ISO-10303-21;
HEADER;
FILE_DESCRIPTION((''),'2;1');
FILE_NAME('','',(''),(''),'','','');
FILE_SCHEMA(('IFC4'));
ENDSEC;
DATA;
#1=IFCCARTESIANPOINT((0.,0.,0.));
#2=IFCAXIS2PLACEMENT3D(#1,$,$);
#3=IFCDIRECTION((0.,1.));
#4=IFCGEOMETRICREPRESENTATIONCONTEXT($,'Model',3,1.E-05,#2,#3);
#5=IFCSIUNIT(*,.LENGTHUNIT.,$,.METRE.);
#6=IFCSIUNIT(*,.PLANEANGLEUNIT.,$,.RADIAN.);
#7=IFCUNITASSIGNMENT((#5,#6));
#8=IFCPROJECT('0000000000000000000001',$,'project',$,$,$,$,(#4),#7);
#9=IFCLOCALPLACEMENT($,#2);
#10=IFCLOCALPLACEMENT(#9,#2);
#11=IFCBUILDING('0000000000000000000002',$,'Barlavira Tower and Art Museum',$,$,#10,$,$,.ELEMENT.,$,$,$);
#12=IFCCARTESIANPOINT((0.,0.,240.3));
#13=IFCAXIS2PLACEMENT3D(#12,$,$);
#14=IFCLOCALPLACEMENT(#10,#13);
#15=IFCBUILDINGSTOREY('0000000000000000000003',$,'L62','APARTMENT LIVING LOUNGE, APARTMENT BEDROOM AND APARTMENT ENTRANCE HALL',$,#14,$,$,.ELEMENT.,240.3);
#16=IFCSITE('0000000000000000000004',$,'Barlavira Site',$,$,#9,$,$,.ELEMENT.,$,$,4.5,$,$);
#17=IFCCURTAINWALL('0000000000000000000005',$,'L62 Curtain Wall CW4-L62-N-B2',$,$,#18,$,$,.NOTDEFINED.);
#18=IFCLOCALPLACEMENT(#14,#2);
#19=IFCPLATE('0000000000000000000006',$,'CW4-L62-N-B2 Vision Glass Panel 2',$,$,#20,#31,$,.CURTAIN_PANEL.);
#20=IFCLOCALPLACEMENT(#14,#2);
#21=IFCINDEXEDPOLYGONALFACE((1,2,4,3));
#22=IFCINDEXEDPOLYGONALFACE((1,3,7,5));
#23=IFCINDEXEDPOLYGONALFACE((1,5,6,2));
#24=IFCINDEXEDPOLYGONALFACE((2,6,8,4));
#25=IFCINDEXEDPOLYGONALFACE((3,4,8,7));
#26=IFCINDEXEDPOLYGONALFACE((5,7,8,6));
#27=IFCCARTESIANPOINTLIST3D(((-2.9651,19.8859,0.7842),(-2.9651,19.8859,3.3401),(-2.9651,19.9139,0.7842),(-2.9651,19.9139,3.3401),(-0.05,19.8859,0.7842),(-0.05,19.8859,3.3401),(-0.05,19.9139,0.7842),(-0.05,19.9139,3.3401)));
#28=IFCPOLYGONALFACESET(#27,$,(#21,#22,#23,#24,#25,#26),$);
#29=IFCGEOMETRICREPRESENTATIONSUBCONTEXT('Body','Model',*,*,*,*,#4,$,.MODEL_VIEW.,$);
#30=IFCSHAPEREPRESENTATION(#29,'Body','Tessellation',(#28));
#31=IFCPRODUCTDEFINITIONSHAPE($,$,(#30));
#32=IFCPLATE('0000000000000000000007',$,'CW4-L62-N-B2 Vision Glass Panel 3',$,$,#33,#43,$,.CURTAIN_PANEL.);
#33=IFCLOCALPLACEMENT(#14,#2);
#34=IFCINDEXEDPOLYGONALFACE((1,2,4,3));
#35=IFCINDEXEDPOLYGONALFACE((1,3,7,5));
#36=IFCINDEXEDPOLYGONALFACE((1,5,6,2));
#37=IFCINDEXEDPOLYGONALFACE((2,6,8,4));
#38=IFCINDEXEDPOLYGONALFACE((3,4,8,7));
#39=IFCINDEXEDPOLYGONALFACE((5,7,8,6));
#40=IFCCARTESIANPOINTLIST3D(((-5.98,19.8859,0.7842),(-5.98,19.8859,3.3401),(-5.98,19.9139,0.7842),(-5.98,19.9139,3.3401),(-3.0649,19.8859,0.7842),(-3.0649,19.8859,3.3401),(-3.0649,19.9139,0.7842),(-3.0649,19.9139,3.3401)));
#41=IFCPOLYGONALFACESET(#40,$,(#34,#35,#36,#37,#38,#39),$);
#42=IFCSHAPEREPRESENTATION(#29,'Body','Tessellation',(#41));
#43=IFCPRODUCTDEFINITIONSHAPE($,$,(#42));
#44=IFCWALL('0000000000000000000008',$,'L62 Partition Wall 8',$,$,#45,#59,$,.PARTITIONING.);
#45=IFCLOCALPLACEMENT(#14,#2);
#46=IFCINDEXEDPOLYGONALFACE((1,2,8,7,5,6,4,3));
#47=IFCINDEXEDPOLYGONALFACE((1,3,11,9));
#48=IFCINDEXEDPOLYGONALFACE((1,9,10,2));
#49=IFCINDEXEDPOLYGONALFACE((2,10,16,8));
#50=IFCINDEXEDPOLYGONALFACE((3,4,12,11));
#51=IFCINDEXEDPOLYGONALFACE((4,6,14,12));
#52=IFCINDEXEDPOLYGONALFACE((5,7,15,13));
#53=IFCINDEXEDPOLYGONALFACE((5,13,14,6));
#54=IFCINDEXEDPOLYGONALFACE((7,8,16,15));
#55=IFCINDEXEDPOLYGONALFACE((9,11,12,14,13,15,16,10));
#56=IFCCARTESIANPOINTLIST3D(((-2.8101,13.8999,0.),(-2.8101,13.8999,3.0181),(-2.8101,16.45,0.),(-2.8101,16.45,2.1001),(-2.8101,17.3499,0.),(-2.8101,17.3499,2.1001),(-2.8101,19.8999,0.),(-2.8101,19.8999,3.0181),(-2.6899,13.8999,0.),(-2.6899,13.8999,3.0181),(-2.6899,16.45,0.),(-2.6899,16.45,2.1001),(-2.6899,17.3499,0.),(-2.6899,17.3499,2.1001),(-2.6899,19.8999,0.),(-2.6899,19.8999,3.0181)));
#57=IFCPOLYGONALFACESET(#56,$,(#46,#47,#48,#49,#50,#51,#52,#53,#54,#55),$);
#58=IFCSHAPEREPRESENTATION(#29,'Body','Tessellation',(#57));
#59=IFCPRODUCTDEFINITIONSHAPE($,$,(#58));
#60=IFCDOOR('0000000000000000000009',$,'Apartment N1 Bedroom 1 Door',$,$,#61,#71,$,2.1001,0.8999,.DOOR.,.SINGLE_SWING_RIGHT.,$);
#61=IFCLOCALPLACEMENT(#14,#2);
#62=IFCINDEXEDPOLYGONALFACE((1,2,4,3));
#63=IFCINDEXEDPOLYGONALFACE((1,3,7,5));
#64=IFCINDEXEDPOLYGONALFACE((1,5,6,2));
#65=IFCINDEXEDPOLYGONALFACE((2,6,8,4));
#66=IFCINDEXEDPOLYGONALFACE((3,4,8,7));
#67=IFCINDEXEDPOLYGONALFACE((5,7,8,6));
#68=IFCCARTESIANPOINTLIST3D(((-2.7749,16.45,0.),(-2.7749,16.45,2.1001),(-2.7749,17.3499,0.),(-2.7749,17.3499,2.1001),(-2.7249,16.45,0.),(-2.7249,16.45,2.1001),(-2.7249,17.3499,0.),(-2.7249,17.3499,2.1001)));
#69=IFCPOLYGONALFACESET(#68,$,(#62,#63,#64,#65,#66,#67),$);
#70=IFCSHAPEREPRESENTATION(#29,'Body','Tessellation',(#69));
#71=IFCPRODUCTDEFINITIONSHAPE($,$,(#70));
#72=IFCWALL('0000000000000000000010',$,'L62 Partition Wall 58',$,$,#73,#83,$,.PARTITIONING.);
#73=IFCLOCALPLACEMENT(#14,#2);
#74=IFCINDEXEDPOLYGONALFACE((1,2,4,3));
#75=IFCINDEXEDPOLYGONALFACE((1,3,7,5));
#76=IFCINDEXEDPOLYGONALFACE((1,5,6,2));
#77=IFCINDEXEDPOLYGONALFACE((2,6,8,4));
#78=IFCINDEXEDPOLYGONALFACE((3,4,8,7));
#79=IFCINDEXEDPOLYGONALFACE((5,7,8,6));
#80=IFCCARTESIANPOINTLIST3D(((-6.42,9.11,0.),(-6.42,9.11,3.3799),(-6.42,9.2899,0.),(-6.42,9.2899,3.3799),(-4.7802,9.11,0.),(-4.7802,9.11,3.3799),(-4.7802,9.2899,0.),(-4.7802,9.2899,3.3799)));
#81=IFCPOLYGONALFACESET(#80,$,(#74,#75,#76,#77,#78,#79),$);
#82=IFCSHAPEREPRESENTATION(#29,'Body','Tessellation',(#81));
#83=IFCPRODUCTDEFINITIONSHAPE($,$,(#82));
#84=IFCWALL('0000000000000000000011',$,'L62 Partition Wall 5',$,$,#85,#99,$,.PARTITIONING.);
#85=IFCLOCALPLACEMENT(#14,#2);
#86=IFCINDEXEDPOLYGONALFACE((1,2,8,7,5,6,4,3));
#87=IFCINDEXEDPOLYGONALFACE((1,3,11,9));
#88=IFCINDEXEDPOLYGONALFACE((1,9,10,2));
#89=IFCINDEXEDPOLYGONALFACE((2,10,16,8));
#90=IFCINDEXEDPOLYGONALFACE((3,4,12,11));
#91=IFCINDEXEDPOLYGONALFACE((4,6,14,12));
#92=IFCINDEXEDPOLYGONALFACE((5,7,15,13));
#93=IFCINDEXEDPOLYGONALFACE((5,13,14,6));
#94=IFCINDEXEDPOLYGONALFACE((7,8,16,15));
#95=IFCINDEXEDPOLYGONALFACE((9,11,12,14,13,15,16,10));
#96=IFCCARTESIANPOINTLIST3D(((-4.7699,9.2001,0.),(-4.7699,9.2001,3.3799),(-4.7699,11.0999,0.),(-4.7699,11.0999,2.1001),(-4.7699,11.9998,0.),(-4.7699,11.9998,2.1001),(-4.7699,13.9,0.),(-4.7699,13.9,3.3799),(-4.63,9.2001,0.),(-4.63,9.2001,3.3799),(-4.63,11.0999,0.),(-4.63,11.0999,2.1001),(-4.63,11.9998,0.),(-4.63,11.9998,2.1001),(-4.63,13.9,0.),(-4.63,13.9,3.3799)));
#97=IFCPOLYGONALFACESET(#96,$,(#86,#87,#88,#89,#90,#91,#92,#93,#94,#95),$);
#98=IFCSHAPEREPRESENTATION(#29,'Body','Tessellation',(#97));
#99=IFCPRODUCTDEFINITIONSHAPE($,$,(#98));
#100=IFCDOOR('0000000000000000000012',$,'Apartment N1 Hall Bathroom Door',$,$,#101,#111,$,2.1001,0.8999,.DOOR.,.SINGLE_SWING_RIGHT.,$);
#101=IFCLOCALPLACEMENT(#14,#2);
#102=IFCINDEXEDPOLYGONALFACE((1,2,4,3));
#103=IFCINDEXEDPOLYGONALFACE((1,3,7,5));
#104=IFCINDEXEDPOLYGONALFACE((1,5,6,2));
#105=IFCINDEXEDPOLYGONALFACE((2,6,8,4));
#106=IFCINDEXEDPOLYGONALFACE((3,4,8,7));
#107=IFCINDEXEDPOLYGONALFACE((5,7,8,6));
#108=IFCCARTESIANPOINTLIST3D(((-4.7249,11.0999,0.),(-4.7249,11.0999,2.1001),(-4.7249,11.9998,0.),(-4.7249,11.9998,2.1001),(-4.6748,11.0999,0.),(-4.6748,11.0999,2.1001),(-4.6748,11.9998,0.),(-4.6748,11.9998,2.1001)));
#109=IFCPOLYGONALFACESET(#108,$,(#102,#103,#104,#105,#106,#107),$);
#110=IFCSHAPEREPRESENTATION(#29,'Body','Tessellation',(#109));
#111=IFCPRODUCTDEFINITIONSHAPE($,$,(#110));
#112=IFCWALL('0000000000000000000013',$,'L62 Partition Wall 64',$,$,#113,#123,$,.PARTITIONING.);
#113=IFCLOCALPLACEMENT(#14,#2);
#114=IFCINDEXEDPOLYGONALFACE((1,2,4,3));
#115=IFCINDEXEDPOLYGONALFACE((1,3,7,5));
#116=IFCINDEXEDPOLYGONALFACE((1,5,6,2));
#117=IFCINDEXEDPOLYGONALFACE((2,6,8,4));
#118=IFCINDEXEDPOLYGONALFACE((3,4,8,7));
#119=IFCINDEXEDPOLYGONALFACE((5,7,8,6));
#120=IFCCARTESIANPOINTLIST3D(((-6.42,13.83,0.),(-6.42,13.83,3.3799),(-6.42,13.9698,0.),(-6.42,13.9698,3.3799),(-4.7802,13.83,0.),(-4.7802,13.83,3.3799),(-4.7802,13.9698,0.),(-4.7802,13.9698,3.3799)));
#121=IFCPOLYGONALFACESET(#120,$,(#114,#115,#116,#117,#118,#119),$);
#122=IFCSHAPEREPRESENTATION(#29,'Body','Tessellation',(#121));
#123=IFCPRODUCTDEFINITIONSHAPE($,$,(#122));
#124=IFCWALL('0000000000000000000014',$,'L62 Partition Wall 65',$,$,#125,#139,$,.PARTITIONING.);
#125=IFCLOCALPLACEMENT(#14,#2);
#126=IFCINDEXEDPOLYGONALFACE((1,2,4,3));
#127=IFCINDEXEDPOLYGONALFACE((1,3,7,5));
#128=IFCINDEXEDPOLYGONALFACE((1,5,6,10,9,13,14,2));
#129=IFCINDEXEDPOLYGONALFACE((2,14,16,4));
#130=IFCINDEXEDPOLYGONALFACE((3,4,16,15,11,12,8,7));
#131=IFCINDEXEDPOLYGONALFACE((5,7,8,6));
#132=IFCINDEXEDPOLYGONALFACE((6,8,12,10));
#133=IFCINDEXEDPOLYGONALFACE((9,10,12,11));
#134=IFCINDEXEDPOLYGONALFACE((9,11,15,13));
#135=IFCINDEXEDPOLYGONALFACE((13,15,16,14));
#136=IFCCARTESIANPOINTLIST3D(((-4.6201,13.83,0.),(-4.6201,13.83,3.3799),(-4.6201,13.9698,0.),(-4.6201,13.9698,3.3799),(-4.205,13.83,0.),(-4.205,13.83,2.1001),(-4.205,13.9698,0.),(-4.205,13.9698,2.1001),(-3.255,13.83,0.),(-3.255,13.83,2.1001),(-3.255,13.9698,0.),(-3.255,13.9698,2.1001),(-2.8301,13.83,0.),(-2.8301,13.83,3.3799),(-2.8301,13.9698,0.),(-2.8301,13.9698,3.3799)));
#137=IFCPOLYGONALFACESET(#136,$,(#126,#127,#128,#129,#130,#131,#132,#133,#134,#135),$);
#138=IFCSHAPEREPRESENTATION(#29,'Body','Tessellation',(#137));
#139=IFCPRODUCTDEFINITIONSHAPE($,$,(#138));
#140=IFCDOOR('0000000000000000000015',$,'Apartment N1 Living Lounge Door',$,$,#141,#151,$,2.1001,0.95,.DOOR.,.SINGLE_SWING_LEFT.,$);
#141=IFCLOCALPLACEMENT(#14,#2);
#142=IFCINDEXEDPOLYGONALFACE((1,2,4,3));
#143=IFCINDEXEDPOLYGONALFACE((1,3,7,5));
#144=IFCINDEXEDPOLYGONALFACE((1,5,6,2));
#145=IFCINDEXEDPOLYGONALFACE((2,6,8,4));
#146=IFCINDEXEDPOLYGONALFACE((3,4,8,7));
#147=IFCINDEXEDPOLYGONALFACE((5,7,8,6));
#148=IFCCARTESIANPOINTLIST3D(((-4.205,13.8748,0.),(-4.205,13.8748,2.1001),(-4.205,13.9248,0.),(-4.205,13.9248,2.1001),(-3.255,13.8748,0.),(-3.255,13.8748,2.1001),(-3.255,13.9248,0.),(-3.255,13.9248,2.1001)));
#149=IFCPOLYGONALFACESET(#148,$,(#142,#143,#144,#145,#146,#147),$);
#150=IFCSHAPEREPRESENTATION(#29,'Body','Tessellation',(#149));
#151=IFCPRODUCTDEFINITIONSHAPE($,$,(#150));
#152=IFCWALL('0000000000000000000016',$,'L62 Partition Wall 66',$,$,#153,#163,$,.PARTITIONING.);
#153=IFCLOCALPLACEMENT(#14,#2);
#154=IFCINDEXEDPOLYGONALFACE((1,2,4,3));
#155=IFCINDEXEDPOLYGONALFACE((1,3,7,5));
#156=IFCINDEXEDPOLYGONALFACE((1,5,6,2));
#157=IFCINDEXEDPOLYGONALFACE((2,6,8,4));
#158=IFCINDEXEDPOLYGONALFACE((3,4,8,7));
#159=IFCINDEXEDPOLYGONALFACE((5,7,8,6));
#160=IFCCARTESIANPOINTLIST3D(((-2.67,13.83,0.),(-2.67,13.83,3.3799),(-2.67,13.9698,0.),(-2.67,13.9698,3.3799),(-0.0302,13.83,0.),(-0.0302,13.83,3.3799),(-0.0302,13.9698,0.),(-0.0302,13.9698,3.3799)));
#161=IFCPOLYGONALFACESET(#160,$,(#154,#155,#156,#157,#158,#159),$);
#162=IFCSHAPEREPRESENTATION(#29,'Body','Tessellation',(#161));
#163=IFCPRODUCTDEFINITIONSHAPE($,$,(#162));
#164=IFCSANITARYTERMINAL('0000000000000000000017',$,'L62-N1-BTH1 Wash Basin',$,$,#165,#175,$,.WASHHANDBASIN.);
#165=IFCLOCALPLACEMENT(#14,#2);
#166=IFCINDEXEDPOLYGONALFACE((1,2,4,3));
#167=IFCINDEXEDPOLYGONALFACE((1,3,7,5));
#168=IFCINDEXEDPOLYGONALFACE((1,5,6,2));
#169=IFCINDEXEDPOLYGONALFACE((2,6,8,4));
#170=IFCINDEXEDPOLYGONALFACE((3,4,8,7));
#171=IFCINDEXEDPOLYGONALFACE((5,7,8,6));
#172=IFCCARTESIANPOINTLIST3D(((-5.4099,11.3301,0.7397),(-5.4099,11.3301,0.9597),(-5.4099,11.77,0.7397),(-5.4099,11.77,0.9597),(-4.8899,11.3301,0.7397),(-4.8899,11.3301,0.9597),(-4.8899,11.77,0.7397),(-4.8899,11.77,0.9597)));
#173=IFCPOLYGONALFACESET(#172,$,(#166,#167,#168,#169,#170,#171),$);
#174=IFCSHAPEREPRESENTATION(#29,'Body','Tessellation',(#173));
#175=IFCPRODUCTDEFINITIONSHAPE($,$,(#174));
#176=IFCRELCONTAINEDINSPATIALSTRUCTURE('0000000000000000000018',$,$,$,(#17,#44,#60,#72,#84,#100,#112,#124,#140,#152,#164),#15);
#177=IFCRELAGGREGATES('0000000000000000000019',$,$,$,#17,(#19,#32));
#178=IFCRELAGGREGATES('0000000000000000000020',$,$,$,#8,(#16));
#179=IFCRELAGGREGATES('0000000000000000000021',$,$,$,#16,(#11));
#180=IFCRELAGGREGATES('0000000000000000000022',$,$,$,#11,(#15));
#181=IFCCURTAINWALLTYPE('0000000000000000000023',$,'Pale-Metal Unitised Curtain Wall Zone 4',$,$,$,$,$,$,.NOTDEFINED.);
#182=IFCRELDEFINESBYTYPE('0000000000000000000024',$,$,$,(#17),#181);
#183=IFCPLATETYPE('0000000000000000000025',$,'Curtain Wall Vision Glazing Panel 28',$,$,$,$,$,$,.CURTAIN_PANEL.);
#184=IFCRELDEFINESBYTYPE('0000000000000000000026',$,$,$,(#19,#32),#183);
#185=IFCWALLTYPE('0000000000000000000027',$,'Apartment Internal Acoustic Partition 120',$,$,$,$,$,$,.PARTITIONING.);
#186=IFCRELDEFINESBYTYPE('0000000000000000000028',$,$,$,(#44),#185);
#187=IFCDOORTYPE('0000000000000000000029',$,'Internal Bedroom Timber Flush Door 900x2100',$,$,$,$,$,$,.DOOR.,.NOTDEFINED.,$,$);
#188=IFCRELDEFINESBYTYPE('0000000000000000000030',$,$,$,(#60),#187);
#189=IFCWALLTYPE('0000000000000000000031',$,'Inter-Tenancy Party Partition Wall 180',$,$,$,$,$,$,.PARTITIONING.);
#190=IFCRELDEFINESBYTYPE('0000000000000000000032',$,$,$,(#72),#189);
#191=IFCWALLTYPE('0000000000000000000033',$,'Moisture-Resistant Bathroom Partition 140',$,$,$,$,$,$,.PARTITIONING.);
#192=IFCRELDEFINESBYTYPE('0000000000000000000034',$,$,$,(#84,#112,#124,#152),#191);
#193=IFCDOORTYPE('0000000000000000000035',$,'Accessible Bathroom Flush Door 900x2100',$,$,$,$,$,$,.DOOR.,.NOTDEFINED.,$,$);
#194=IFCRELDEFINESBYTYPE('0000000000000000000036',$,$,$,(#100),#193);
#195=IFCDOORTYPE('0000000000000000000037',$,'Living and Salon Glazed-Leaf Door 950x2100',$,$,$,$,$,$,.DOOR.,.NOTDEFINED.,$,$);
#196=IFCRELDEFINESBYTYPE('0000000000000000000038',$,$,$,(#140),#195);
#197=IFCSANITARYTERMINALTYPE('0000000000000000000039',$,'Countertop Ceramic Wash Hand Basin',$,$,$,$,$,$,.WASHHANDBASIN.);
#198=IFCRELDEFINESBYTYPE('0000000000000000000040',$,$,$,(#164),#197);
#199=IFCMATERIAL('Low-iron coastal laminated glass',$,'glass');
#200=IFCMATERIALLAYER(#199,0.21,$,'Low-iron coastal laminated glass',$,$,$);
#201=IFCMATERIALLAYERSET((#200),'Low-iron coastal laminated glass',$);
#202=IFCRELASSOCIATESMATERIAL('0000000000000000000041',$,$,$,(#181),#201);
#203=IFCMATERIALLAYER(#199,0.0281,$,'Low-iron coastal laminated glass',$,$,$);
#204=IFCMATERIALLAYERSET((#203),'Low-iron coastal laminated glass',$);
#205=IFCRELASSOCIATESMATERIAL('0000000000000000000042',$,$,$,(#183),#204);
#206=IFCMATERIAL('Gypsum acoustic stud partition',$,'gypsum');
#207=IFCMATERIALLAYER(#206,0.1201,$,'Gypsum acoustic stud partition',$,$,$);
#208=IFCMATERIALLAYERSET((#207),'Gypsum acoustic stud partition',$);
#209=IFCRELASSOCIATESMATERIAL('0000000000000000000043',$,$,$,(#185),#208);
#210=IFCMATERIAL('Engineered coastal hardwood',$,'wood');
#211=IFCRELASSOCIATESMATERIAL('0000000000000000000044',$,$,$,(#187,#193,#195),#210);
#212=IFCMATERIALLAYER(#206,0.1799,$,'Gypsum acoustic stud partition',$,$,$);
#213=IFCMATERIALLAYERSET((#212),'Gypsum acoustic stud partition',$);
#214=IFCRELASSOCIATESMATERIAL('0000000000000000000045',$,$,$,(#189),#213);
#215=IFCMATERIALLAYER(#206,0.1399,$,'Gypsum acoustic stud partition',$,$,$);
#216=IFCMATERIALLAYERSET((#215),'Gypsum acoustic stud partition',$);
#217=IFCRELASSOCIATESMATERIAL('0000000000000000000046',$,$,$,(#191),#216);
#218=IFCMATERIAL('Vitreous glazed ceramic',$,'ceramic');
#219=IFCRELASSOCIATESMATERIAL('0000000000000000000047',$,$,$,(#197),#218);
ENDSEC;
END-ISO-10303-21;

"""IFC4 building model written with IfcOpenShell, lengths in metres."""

from ifc_helpers import new_model, si_unit, direction, frame, frame_2d, origin, origin_2d, place, context, subcontext, project, spatial, rectangle, extrude, material, layer, layer_set, type_object, element, fill, aggregate, save


model = new_model("IFC4")

# Units and contexts
model_context = context("Model", 3, precision=1e-05, world=origin(), true_north=direction((0.0, 1.0)))
body_context = subcontext(model_context, "Body", "Model", "MODEL_VIEW")
ifc_project = project(units=[si_unit("LENGTHUNIT", "METRE"), si_unit("PLANEANGLEUNIT", "RADIAN")], contexts=[model_context])

# Site, building, storey
site_placement = place(None, origin())
site = spatial("IfcSite", under=ifc_project, at=site_placement, Name="Barlavira Site", CompositionType="ELEMENT", RefElevation=4.5)
building_placement = place(site_placement, origin())
building = spatial("IfcBuilding", under=site, at=building_placement, Name="Barlavira Tower and Art Museum", CompositionType="ELEMENT")
storey_placement = place(building_placement, frame((0.0, 0.0, 240.3)))
storey = spatial("IfcBuildingStorey", under=building, at=storey_placement, Name="L62", Description="APARTMENT LIVING LOUNGE, APARTMENT BEDROOM AND APARTMENT ENTRANCE HALL", CompositionType="ELEMENT", Elevation=240.3)

# Curtain wall
ifc_material_1 = material(Name="Low-iron coastal laminated glass", Category="glass")
ifc_layer_1 = layer(ifc_material_1, 0.21, Name="Low-iron coastal laminated glass")
ifc_layer_set_1 = layer_set([ifc_layer_1], Name="Low-iron coastal laminated glass")
curtain_wall_type = type_object("IfcCurtainWallType", Name="Pale-Metal Unitised Curtain Wall Zone 4", PredefinedType="NOTDEFINED", material=ifc_layer_set_1)
curtain_wall_placement = place(storey_placement, origin())
curtain_wall = element("IfcCurtainWall", 1, at=curtain_wall_placement, inside=storey, type_object=curtain_wall_type, Name="L62 Curtain Wall CW4-L62-N-B2", PredefinedType="NOTDEFINED")

# Plates
ifc_layer_2 = layer(ifc_material_1, 0.0281, Name="Low-iron coastal laminated glass")
ifc_layer_set_2 = layer_set([ifc_layer_2], Name="Low-iron coastal laminated glass")
plate_type_1 = type_object("IfcPlateType", Name="Curtain Wall Vision Glazing Panel 28", PredefinedType="CURTAIN_PANEL", material=ifc_layer_set_2)
plate_1_placement = place(storey_placement, frame((-1.5076, 19.8999, 0.7842), z_axis=(0.0, 0.0, 1.0), x_axis=(-1.0, 0.0, 0.0)))
plate_1 = element("IfcPlate", 2, at=plate_1_placement, type_object=plate_type_1, Name="CW4-L62-N-B2 Vision Glass Panel 2", PredefinedType="CURTAIN_PANEL", context=body_context, shape_type="SweptSolid", body=[
    extrude(rectangle(XDim=2.915, YDim=0.0281, at=origin_2d()), origin(), (0.0, 0.0, 1.0), 2.5559),
])
plate_2_placement = place(storey_placement, frame((-4.5225, 19.8999, 0.7842), z_axis=(0.0, 0.0, 1.0), x_axis=(-1.0, 0.0, 0.0)))
plate_2 = element("IfcPlate", 3, at=plate_2_placement, type_object=plate_type_1, Name="CW4-L62-N-B2 Vision Glass Panel 3", PredefinedType="CURTAIN_PANEL", context=body_context, shape_type="SweptSolid", body=[
    extrude(rectangle(XDim=2.915, YDim=0.0281, at=origin_2d()), origin(), (0.0, 0.0, 1.0), 2.5559),
])
aggregate(curtain_wall, [plate_1, plate_2])

# Wall, opening, door
ifc_material_2 = material(Name="Gypsum acoustic stud partition", Category="gypsum")
ifc_layer_3 = layer(ifc_material_2, 0.1201, Name="Gypsum acoustic stud partition")
ifc_layer_set_3 = layer_set([ifc_layer_3], Name="Gypsum acoustic stud partition")
wall_type_1 = type_object("IfcWallType", Name="Apartment Internal Acoustic Partition 120", PredefinedType="PARTITIONING", material=ifc_layer_set_3)
wall_1_placement = place(storey_placement, frame((-2.75, 13.8999, 0.0), z_axis=(0.0, 0.0, 1.0), x_axis=(0.0, 1.0, 0.0)))
wall_1 = element("IfcWall", 4, at=wall_1_placement, inside=storey, type_object=wall_type_1, Name="L62 Partition Wall 8", PredefinedType="PARTITIONING", context=body_context, shape_type="SweptSolid", body=[
    extrude(rectangle(XDim=6.0, YDim=0.1201, at=frame_2d((3.0, 0.0))), origin(), (0.0, 0.0, 1.0), 3.0181),
])
opening_1_placement = place(wall_1_placement, frame((2.55, 0.0, 0.0)))
opening_1 = element("IfcOpeningElement", 5, at=opening_1_placement, cuts=wall_1, PredefinedType="OPENING", context=body_context, shape_type="SweptSolid", body=[
    extrude(rectangle(XDim=0.8999, YDim=2.1001, at=frame_2d((0.45, 1.05))), frame((0.0, 0.0701, 0.0), z_axis=(0.0, -1.0, 0.0), x_axis=(1.0, 0.0, 0.0)), (0.0, 0.0, 1.0), 0.1401),
])
ifc_material_3 = material(Name="Engineered coastal hardwood", Category="wood")
door_type_1 = type_object("IfcDoorType", Name="Internal Bedroom Timber Flush Door 900x2100", OperationType="NOTDEFINED", PredefinedType="DOOR", material=ifc_material_3)
door_1_placement = place(opening_1_placement, origin())
door_1 = element("IfcDoor", 6, at=door_1_placement, inside=storey, type_object=door_type_1, Name="Apartment N1 Bedroom 1 Door", OperationType="SINGLE_SWING_RIGHT", OverallHeight=2.1001, OverallWidth=0.8999, PredefinedType="DOOR", context=body_context, shape_type="SweptSolid", body=[
    extrude(rectangle(XDim=0.8999, YDim=2.1001, at=frame_2d((0.45, 1.05))), frame((0.0, 0.0249, 0.0), z_axis=(0.0, -1.0, 0.0), x_axis=(1.0, 0.0, 0.0)), (0.0, 0.0, 1.0), 0.05),
])
fill(opening_1, door_1)

# Wall
ifc_layer_4 = layer(ifc_material_2, 0.1799, Name="Gypsum acoustic stud partition")
ifc_layer_set_4 = layer_set([ifc_layer_4], Name="Gypsum acoustic stud partition")
wall_type_2 = type_object("IfcWallType", Name="Inter-Tenancy Party Partition Wall 180", PredefinedType="PARTITIONING", material=ifc_layer_set_4)
wall_2_placement = place(storey_placement, frame((-6.4199, 9.2, 0.0), z_axis=(0.0, 0.0, 1.0), x_axis=(1.0, 0.0, 0.0)))
element("IfcWall", 7, at=wall_2_placement, inside=storey, type_object=wall_type_2, Name="L62 Partition Wall 58", PredefinedType="PARTITIONING", context=body_context, shape_type="SweptSolid", body=[
    extrude(rectangle(XDim=1.6399, YDim=0.1799, at=frame_2d((0.8198, 0.0))), origin(), (0.0, 0.0, 1.0), 3.3799),
])

# Wall, opening, door
ifc_layer_5 = layer(ifc_material_2, 0.1399, Name="Gypsum acoustic stud partition")
ifc_layer_set_5 = layer_set([ifc_layer_5], Name="Gypsum acoustic stud partition")
wall_type_3 = type_object("IfcWallType", Name="Moisture-Resistant Bathroom Partition 140", PredefinedType="PARTITIONING", material=ifc_layer_set_5)
wall_3_placement = place(storey_placement, frame((-4.7, 9.2, 0.0), z_axis=(0.0, 0.0, 1.0), x_axis=(0.0, 1.0, 0.0)))
wall_3 = element("IfcWall", 8, at=wall_3_placement, inside=storey, type_object=wall_type_3, Name="L62 Partition Wall 5", PredefinedType="PARTITIONING", context=body_context, shape_type="SweptSolid", body=[
    extrude(rectangle(XDim=4.7, YDim=0.1399, at=frame_2d((2.3501, 0.0))), origin(), (0.0, 0.0, 1.0), 3.3799),
])
opening_2_placement = place(wall_3_placement, frame((1.8999, 0.0, 0.0)))
opening_2 = element("IfcOpeningElement", 9, at=opening_2_placement, cuts=wall_3, PredefinedType="OPENING", context=body_context, shape_type="SweptSolid", body=[
    extrude(rectangle(XDim=0.8999, YDim=2.1001, at=frame_2d((0.45, 1.05))), frame((0.0, 0.0801, 0.0), z_axis=(0.0, -1.0, 0.0), x_axis=(1.0, 0.0, 0.0)), (0.0, 0.0, 1.0), 0.1599),
])
door_type_2 = type_object("IfcDoorType", Name="Accessible Bathroom Flush Door 900x2100", OperationType="NOTDEFINED", PredefinedType="DOOR", material=ifc_material_3)
door_2_placement = place(opening_2_placement, origin())
door_2 = element("IfcDoor", 10, at=door_2_placement, inside=storey, type_object=door_type_2, Name="Apartment N1 Hall Bathroom Door", OperationType="SINGLE_SWING_RIGHT", OverallHeight=2.1001, OverallWidth=0.8999, PredefinedType="DOOR", context=body_context, shape_type="SweptSolid", body=[
    extrude(rectangle(XDim=0.8999, YDim=2.1001, at=frame_2d((0.45, 1.05))), frame((0.0, 0.0249, 0.0), z_axis=(0.0, -1.0, 0.0), x_axis=(1.0, 0.0, 0.0)), (0.0, 0.0, 1.0), 0.05),
])
fill(opening_2, door_2)

# Wall
wall_4_placement = place(storey_placement, frame((-6.4199, 13.8999, 0.0), z_axis=(0.0, 0.0, 1.0), x_axis=(1.0, 0.0, 0.0)))
element("IfcWall", 11, at=wall_4_placement, inside=storey, type_object=wall_type_3, Name="L62 Partition Wall 64", PredefinedType="PARTITIONING", context=body_context, shape_type="SweptSolid", body=[
    extrude(rectangle(XDim=1.6399, YDim=0.1399, at=frame_2d((0.8198, 0.0))), origin(), (0.0, 0.0, 1.0), 3.3799),
])

# Wall, opening, door
wall_5_placement = place(storey_placement, frame((-4.6201, 13.8999, 0.0), z_axis=(0.0, 0.0, 1.0), x_axis=(1.0, 0.0, 0.0)))
wall_5 = element("IfcWall", 12, at=wall_5_placement, inside=storey, type_object=wall_type_3, Name="L62 Partition Wall 65", PredefinedType="PARTITIONING", context=body_context, shape_type="SweptSolid", body=[
    extrude(rectangle(XDim=1.79, YDim=0.1399, at=frame_2d((0.895, 0.0))), origin(), (0.0, 0.0, 1.0), 3.3799),
])
opening_3_placement = place(wall_5_placement, frame((0.415, 0.0, 0.0)))
opening_3 = element("IfcOpeningElement", 13, at=opening_3_placement, cuts=wall_5, PredefinedType="OPENING", context=body_context, shape_type="SweptSolid", body=[
    extrude(rectangle(XDim=0.95, YDim=2.1001, at=frame_2d((0.4751, 1.05))), frame((0.0, 0.0801, 0.0), z_axis=(0.0, -1.0, 0.0), x_axis=(1.0, 0.0, 0.0)), (0.0, 0.0, 1.0), 0.1599),
])
door_type_3 = type_object("IfcDoorType", Name="Living and Salon Glazed-Leaf Door 950x2100", OperationType="NOTDEFINED", PredefinedType="DOOR", material=ifc_material_3)
door_3_placement = place(opening_3_placement, origin())
door_3 = element("IfcDoor", 14, at=door_3_placement, inside=storey, type_object=door_type_3, Name="Apartment N1 Living Lounge Door", OperationType="SINGLE_SWING_LEFT", OverallHeight=2.1001, OverallWidth=0.95, PredefinedType="DOOR", context=body_context, shape_type="SweptSolid", body=[
    extrude(rectangle(XDim=0.95, YDim=2.1001, at=frame_2d((0.4751, 1.05))), frame((0.0, 0.0249, 0.0), z_axis=(0.0, -1.0, 0.0), x_axis=(1.0, 0.0, 0.0)), (0.0, 0.0, 1.0), 0.05),
])
fill(opening_3, door_3)

# Wall
wall_6_placement = place(storey_placement, frame((-2.6699, 13.8999, 0.0), z_axis=(0.0, 0.0, 1.0), x_axis=(1.0, 0.0, 0.0)))
element("IfcWall", 15, at=wall_6_placement, inside=storey, type_object=wall_type_3, Name="L62 Partition Wall 66", PredefinedType="PARTITIONING", context=body_context, shape_type="SweptSolid", body=[
    extrude(rectangle(XDim=2.6399, YDim=0.1399, at=frame_2d((1.3198, 0.0))), origin(), (0.0, 0.0, 1.0), 3.3799),
])

# Sanitary terminal
ifc_material_4 = material(Name="Vitreous glazed ceramic", Category="ceramic")
sanitary_terminal_type_1 = type_object("IfcSanitaryTerminalType", Name="Countertop Ceramic Wash Hand Basin", PredefinedType="WASHHANDBASIN", material=ifc_material_4)
sanitary_terminal_1_placement = place(storey_placement, frame((-5.1499, 11.55, 0.7397), z_axis=(0.0, 0.0, 1.0), x_axis=(1.0, 0.0, 0.0)))
element("IfcSanitaryTerminal", 16, at=sanitary_terminal_1_placement, inside=storey, type_object=sanitary_terminal_type_1, Name="L62-N1-BTH1 Wash Basin", PredefinedType="WASHHANDBASIN", context=body_context, shape_type="SweptSolid", body=[
    extrude(rectangle(XDim=0.52, YDim=0.4399, at=origin_2d()), origin(), (0.0, 0.0, 1.0), 0.22),
])

save(model, "model.ifc")
